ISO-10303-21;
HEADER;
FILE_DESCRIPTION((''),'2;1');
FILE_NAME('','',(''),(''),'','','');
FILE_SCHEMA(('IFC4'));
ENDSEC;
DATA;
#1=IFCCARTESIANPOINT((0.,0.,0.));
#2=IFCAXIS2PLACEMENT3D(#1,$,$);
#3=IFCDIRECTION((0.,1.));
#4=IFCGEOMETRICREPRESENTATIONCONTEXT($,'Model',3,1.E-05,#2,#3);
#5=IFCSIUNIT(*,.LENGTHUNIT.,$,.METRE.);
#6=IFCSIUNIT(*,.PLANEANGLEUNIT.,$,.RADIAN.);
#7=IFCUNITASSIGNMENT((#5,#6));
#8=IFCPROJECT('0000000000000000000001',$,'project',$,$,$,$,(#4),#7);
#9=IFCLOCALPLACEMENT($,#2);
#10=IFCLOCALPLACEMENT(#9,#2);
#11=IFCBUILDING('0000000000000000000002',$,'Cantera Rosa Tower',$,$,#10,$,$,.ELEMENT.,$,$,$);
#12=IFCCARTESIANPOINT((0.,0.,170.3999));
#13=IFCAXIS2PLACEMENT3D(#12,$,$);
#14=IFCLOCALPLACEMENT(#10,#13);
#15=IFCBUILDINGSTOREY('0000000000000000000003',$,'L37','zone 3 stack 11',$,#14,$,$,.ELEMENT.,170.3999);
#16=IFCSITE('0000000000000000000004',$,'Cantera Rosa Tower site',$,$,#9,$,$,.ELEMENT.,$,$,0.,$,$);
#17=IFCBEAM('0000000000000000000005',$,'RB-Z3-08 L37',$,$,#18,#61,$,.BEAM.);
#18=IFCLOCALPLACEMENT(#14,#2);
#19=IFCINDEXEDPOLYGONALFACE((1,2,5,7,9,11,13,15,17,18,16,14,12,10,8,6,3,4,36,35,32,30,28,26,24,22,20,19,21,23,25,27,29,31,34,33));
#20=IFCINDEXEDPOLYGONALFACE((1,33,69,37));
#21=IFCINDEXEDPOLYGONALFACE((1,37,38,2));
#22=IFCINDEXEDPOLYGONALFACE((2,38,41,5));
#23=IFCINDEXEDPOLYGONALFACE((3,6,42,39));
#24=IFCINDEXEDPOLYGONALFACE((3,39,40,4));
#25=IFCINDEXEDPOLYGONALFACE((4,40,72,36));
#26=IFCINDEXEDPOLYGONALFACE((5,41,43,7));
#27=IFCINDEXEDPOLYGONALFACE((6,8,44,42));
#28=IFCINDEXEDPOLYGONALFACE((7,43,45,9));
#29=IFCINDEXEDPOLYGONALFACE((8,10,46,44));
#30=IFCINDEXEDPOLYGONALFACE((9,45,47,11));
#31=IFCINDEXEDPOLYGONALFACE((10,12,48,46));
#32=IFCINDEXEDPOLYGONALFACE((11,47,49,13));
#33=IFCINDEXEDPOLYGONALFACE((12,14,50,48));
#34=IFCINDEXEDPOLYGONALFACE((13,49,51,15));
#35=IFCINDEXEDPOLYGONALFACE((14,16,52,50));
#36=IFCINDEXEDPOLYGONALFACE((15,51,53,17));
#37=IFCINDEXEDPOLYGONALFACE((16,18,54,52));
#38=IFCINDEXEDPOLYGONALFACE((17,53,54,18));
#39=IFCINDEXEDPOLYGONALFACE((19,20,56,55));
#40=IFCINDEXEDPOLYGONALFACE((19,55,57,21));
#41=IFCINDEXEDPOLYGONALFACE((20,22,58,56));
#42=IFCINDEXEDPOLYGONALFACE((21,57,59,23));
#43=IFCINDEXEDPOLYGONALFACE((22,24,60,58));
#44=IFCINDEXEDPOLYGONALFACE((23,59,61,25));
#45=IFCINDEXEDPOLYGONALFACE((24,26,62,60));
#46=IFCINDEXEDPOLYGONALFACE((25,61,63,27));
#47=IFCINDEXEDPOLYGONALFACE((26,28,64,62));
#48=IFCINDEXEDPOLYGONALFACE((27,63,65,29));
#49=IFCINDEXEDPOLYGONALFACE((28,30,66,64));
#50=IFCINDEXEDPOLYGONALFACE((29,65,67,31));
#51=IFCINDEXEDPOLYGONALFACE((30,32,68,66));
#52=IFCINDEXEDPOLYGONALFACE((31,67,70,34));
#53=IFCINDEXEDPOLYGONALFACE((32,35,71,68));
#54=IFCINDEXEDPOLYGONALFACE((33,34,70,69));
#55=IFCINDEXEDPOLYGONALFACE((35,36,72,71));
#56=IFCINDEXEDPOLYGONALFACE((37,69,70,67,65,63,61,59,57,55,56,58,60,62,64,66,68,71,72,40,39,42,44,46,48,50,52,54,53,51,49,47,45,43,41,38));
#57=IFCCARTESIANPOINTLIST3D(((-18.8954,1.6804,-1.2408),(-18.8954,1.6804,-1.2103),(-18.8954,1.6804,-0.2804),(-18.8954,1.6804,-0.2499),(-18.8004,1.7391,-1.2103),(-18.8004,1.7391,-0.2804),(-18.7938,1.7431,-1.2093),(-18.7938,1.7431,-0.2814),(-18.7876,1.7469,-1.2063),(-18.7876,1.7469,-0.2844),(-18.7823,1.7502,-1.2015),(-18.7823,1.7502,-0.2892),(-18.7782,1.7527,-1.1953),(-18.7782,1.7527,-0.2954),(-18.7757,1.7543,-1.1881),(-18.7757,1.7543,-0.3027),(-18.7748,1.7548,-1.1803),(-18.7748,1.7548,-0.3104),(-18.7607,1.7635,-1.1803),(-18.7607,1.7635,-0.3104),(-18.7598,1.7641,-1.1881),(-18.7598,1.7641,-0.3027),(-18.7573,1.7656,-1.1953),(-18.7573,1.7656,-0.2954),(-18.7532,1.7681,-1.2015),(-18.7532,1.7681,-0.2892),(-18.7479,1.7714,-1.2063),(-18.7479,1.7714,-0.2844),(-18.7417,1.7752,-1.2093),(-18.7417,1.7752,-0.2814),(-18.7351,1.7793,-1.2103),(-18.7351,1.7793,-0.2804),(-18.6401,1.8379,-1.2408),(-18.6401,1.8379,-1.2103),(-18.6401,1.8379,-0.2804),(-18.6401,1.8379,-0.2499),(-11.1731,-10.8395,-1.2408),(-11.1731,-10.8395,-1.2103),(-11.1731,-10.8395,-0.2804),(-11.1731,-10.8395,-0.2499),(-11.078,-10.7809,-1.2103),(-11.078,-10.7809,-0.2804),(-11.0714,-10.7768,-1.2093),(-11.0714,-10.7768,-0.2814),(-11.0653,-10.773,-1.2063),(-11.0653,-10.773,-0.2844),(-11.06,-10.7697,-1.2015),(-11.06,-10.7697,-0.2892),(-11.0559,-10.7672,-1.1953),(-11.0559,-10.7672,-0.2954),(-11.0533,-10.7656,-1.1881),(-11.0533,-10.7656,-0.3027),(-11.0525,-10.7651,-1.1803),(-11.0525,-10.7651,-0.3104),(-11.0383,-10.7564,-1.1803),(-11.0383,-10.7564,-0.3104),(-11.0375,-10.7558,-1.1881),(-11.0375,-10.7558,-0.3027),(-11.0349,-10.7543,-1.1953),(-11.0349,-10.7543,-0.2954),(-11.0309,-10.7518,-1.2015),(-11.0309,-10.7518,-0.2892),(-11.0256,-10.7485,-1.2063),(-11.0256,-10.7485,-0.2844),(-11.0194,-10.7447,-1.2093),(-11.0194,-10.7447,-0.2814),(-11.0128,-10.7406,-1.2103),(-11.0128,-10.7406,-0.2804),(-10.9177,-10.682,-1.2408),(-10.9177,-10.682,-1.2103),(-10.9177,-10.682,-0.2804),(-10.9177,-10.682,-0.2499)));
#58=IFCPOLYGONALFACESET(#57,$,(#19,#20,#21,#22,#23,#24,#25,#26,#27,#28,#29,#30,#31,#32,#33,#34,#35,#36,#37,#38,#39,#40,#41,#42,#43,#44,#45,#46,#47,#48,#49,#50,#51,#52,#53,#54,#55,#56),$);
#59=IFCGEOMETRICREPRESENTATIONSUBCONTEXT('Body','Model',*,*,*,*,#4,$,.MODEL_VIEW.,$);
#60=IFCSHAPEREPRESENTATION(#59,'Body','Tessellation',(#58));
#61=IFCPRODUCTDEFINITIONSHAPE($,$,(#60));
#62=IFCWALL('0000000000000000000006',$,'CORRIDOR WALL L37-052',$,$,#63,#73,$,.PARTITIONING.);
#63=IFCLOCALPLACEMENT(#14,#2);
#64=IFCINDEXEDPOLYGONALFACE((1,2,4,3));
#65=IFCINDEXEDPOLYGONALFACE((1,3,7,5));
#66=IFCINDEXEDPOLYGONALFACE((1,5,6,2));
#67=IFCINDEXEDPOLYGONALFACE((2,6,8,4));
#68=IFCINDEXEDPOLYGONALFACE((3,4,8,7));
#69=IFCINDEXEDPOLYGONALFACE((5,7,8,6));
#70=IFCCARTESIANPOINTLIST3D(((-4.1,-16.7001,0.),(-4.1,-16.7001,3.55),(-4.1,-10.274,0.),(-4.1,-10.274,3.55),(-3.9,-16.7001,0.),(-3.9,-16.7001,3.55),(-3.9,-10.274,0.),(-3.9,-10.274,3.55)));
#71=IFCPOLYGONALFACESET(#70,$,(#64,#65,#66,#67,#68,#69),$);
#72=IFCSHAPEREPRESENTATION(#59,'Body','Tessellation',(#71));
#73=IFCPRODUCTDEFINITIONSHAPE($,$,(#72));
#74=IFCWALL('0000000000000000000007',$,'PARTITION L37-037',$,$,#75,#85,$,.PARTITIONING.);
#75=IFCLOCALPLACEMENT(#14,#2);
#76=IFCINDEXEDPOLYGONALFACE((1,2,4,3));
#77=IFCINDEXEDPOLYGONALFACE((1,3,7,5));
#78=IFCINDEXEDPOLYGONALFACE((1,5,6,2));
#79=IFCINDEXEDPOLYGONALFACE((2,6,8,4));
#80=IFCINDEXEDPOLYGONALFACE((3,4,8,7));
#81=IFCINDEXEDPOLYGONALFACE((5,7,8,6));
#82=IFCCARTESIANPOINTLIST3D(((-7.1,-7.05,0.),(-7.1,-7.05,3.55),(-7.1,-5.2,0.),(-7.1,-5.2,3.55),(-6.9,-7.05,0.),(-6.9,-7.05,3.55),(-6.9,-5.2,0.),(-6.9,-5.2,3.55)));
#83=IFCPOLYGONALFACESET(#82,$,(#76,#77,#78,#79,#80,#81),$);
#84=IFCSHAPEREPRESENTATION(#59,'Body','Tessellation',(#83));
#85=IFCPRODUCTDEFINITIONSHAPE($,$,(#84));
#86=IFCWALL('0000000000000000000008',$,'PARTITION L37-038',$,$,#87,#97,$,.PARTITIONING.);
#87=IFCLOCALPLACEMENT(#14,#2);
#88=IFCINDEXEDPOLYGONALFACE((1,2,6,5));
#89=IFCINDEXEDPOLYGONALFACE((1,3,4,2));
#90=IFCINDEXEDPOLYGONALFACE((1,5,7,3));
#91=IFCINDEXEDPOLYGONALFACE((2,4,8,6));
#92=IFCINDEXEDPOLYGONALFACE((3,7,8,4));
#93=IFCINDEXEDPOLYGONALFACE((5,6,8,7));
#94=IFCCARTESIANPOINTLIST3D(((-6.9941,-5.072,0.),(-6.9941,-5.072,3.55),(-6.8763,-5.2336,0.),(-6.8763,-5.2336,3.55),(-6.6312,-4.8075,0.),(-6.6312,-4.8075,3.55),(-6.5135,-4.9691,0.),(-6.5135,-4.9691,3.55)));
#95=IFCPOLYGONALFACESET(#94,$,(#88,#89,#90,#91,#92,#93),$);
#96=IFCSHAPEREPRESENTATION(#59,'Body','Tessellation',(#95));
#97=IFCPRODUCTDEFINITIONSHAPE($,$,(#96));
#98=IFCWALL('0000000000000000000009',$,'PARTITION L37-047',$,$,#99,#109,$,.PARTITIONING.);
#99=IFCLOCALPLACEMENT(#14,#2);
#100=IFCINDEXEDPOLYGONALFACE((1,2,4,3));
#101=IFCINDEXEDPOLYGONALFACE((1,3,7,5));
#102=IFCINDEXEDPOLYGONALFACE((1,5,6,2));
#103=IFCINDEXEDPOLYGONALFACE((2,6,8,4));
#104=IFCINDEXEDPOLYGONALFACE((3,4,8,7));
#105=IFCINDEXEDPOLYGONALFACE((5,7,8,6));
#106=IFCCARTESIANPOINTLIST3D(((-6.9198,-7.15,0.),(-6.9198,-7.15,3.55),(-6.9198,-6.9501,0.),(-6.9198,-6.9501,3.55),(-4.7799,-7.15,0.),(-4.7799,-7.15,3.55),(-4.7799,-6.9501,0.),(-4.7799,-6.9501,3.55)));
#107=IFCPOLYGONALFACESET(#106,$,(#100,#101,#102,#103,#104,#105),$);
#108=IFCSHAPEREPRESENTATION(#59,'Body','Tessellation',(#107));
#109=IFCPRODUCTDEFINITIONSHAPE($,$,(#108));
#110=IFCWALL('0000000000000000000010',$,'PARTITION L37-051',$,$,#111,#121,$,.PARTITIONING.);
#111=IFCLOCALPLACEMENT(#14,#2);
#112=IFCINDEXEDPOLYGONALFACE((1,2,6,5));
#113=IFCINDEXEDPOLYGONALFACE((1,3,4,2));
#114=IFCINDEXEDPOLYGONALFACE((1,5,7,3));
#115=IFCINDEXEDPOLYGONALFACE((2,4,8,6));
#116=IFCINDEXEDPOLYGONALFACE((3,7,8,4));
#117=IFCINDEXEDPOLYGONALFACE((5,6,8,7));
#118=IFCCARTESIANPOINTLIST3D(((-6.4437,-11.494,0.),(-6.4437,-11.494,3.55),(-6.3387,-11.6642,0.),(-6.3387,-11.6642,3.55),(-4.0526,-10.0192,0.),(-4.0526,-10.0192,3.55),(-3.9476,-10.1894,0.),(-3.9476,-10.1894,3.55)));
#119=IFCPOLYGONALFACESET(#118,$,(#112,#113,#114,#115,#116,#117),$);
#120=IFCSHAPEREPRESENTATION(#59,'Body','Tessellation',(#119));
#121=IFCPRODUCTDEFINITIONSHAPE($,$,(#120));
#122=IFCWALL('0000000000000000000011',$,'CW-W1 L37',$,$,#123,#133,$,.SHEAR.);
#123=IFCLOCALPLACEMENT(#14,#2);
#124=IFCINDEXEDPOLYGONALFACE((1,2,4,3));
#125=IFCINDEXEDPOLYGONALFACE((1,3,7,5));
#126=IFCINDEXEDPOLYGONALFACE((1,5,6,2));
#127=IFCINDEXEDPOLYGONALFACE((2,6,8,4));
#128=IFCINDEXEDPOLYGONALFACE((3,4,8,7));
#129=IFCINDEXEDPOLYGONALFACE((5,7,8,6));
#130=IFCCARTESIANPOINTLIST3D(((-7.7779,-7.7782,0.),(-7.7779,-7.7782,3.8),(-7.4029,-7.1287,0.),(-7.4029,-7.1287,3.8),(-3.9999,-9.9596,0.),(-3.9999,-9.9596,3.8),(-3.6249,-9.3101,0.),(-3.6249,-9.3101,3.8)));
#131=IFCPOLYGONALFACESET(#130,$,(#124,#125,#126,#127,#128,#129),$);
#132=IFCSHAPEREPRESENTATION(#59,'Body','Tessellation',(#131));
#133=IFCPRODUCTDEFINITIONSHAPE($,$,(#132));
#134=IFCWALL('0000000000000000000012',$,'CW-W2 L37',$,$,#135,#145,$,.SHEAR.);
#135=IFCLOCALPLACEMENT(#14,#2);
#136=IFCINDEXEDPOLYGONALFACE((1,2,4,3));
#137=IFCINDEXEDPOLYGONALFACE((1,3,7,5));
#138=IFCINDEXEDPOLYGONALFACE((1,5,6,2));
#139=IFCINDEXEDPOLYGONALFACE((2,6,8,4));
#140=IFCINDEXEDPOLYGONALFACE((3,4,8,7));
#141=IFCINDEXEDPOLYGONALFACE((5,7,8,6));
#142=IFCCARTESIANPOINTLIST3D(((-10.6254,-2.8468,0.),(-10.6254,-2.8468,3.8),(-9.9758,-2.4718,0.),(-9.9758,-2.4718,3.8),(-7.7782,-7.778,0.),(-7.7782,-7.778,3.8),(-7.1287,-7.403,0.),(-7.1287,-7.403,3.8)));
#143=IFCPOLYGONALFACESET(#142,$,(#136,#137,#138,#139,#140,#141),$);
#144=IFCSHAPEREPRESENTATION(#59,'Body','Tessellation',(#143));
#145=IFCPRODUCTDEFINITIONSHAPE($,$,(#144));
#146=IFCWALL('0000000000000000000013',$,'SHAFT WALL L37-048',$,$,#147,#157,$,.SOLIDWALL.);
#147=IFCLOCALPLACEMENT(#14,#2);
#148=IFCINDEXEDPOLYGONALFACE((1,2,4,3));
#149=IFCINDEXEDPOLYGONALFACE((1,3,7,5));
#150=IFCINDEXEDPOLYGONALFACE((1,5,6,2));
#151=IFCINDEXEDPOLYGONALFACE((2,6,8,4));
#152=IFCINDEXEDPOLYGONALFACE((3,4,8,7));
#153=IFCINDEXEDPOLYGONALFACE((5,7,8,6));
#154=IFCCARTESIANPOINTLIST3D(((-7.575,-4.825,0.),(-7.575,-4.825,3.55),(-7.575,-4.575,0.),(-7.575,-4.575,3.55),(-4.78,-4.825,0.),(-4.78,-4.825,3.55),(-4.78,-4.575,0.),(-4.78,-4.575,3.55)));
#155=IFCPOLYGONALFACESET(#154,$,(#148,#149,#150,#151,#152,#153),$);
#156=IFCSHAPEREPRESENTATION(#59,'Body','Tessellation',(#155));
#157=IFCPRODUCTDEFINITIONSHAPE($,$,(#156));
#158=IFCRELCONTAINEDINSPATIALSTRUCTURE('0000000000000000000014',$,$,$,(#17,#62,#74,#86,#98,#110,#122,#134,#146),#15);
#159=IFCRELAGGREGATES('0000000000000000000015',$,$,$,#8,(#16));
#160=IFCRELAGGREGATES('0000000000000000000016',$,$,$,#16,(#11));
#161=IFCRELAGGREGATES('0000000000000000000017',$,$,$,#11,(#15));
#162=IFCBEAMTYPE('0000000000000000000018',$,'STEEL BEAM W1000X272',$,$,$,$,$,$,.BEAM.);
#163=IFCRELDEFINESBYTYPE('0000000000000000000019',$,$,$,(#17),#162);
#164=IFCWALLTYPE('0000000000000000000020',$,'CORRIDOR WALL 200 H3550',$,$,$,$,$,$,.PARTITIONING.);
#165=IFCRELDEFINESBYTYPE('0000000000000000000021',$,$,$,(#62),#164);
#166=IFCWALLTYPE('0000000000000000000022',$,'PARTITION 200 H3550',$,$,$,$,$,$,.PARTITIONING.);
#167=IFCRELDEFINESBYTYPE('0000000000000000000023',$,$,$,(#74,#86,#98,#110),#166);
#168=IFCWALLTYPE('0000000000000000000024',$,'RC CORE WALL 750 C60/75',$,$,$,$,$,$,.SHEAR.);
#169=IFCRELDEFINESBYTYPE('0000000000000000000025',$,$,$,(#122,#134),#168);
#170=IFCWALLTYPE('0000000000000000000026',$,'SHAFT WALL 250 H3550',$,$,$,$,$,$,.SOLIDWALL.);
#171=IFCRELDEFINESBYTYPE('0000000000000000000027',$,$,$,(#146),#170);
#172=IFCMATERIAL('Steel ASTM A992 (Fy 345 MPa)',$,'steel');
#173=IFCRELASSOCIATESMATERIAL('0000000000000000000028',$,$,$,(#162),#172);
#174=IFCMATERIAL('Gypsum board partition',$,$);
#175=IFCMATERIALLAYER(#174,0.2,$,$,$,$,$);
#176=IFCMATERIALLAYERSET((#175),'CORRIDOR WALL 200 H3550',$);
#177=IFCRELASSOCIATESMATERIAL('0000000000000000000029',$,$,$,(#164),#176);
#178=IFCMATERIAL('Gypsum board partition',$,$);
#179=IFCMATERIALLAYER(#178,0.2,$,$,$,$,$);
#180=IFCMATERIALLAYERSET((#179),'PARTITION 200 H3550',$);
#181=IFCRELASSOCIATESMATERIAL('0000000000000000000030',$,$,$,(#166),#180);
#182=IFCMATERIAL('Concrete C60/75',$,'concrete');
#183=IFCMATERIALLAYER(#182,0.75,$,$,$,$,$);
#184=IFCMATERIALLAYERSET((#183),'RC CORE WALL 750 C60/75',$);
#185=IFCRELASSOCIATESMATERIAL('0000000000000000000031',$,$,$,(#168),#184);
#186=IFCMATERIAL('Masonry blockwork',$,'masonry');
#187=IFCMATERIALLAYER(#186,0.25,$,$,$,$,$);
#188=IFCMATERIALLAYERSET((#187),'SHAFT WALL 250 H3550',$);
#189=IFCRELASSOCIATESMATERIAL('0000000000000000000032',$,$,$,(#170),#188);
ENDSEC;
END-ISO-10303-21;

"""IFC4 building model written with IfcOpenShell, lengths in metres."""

from ifc_helpers import new_model, si_unit, direction, frame, frame_2d, origin, origin_2d, place, context, subcontext, project, spatial, rectangle, i_section, extrude, material, layer, layer_set, material_profile, profile_set, type_object, element, save


model = new_model("IFC4")

# Units and contexts
model_context = context("Model", 3, precision=1e-05, world=origin(), true_north=direction((0.0, 1.0)))
body_context = subcontext(model_context, "Body", "Model", "MODEL_VIEW")
ifc_project = project(units=[si_unit("LENGTHUNIT", "METRE"), si_unit("PLANEANGLEUNIT", "RADIAN")], contexts=[model_context])

# Site, building, storey
site_placement = place(None, origin())
site = spatial("IfcSite", under=ifc_project, at=site_placement, Name="Cantera Rosa Tower site", CompositionType="ELEMENT", RefElevation=0.0)
building_placement = place(site_placement, origin())
building = spatial("IfcBuilding", under=site, at=building_placement, Name="Cantera Rosa Tower", CompositionType="ELEMENT")
storey_placement = place(building_placement, frame((0.0, 0.0, 170.3999)))
storey = spatial("IfcBuildingStorey", under=building, at=storey_placement, Name="L37", Description="zone 3 stack 11", CompositionType="ELEMENT", Elevation=170.3999)

# Beam
ifc_material_1 = material(Name="Steel ASTM A992 (Fy 345 MPa)", Category="steel")
ifc_material_profile = material_profile(ifc_material_1, i_section(OverallWidth=0.3, OverallDepth=0.991, WebThickness=0.0166, FlangeThickness=0.0305, FilletRadius=0.03, at=origin_2d()), Name="W1000X272")
ifc_profile_set = profile_set([ifc_material_profile], Name="Steel ASTM A992 (Fy 345 MPa)")
beam_type = type_object("IfcBeamType", Name="STEEL BEAM W1000X272", PredefinedType="BEAM", material=ifc_profile_set)
beam_placement = place(storey_placement, frame((-11.0454, -10.7607, -0.7454), z_axis=(-0.524974, 0.851118, 0.0), x_axis=(-0.851118, -0.524974, 0.0)))
element("IfcBeam", 1, at=beam_placement, inside=storey, type_object=beam_type, Name="RB-Z3-08 L37", PredefinedType="BEAM", context=body_context, shape_type="SweptSolid", body=[
    extrude(i_section(OverallWidth=0.3, OverallDepth=0.991, WebThickness=0.0166, FlangeThickness=0.0305, FilletRadius=0.03, at=origin_2d()), origin(), (0.0, 0.0, 1.0), 14.71),
])

# Walls
ifc_material_2 = material(Name="Gypsum board partition")
ifc_layer_1 = layer(ifc_material_2, 0.2)
ifc_layer_set_1 = layer_set([ifc_layer_1], Name="CORRIDOR WALL 200 H3550")
wall_type_1 = type_object("IfcWallType", Name="CORRIDOR WALL 200 H3550", PredefinedType="PARTITIONING", material=ifc_layer_set_1)
wall_1_placement = place(storey_placement, frame((-4.0, -10.2742, 0.0), z_axis=(0.0, 0.0, 1.0), x_axis=(0.0, -1.0, 0.0)))
element("IfcWall", 2, at=wall_1_placement, inside=storey, type_object=wall_type_1, Name="CORRIDOR WALL L37-052", PredefinedType="PARTITIONING", context=body_context, shape_type="SweptSolid", body=[
    extrude(rectangle(XDim=6.426, YDim=0.2, at=frame_2d((3.2129, 0.0))), origin(), (0.0, 0.0, 1.0), 3.55),
])
ifc_material_3 = material(Name="Gypsum board partition")
ifc_layer_2 = layer(ifc_material_3, 0.2)
ifc_layer_set_2 = layer_set([ifc_layer_2], Name="PARTITION 200 H3550")
wall_type_2 = type_object("IfcWallType", Name="PARTITION 200 H3550", PredefinedType="PARTITIONING", material=ifc_layer_set_2)
wall_2_placement = place(storey_placement, frame((-7.0, -7.05, 0.0), z_axis=(0.0, 0.0, 1.0), x_axis=(0.0, 1.0, 0.0)))
element("IfcWall", 3, at=wall_2_placement, inside=storey, type_object=wall_type_2, Name="PARTITION L37-037", PredefinedType="PARTITIONING", context=body_context, shape_type="SweptSolid", body=[
    extrude(rectangle(XDim=1.8501, YDim=0.2, at=frame_2d((0.925, 0.0))), origin(), (0.0, 0.0, 1.0), 3.55),
])
wall_3_placement = place(storey_placement, frame((-6.9353, -5.1528, 0.0), z_axis=(0.0, 0.0, 1.0), x_axis=(0.808148, 0.58898, 0.0)))
element("IfcWall", 4, at=wall_3_placement, inside=storey, type_object=wall_type_2, Name="PARTITION L37-038", PredefinedType="PARTITIONING", context=body_context, shape_type="SweptSolid", body=[
    extrude(rectangle(XDim=0.449, YDim=0.2, at=frame_2d((0.2246, 0.0))), origin(), (0.0, 0.0, 1.0), 3.55),
])
wall_4_placement = place(storey_placement, frame((-4.78, -7.05, 0.0), z_axis=(0.0, 0.0, 1.0), x_axis=(-1.0, 0.0, 0.0)))
element("IfcWall", 5, at=wall_4_placement, inside=storey, type_object=wall_type_2, Name="PARTITION L37-047", PredefinedType="PARTITIONING", context=body_context, shape_type="SweptSolid", body=[
    extrude(rectangle(XDim=2.1399, YDim=0.2, at=frame_2d((1.0698, 0.0))), origin(), (0.0, 0.0, 1.0), 3.55),
])
wall_5_placement = place(storey_placement, frame((-4.0, -10.1042, 0.0), z_axis=(0.0, 0.0, 1.0), x_axis=(-0.851118, -0.524975, 0.0)))
element("IfcWall", 6, at=wall_5_placement, inside=storey, type_object=wall_type_2, Name="PARTITION L37-051", PredefinedType="PARTITIONING", context=body_context, shape_type="SweptSolid", body=[
    extrude(rectangle(XDim=2.8093, YDim=0.2, at=frame_2d((1.4048, 0.0))), origin(), (0.0, 0.0, 1.0), 3.55),
])
ifc_material_4 = material(Name="Concrete C60/75", Category="concrete")
ifc_layer_3 = layer(ifc_material_4, 0.75)
ifc_layer_set_3 = layer_set([ifc_layer_3], Name="RC CORE WALL 750 C60/75")
wall_type_3 = type_object("IfcWallType", Name="RC CORE WALL 750 C60/75", PredefinedType="SHEAR", material=ifc_layer_set_3)
wall_6_placement = place(storey_placement, frame((-3.8125, -9.6348, 0.0), z_axis=(0.0, 0.0, 1.0), x_axis=(-0.866013, 0.500021, 0.0)))
element("IfcWall", 7, at=wall_6_placement, inside=storey, type_object=wall_type_3, Name="CW-W1 L37", PredefinedType="SHEAR", context=body_context, shape_type="SweptSolid", body=[
    extrude(rectangle(XDim=4.3625, YDim=0.75, at=frame_2d((2.1812, 0.0))), origin(), (0.0, 0.0, 1.0), 3.8),
])
wall_7_placement = place(storey_placement, frame((-7.4534, -7.5906, 0.0), z_axis=(0.0, 0.0, 1.0), x_axis=(-0.500022, 0.866013, 0.0)))
element("IfcWall", 8, at=wall_7_placement, inside=storey, type_object=wall_type_3, Name="CW-W2 L37", PredefinedType="SHEAR", context=body_context, shape_type="SweptSolid", body=[
    extrude(rectangle(XDim=5.6941, YDim=0.75, at=frame_2d((2.8472, 0.0))), origin(), (0.0, 0.0, 1.0), 3.8),
])
ifc_material_5 = material(Name="Masonry blockwork", Category="masonry")
ifc_layer_4 = layer(ifc_material_5, 0.25)
ifc_layer_set_4 = layer_set([ifc_layer_4], Name="SHAFT WALL 250 H3550")
wall_type_4 = type_object("IfcWallType", Name="SHAFT WALL 250 H3550", PredefinedType="SOLIDWALL", material=ifc_layer_set_4)
wall_8_placement = place(storey_placement, frame((-4.78, -4.7, 0.0), z_axis=(0.0, 0.0, 1.0), x_axis=(-1.0, 0.0, 0.0)))
element("IfcWall", 9, at=wall_8_placement, inside=storey, type_object=wall_type_4, Name="SHAFT WALL L37-048", PredefinedType="SOLIDWALL", context=body_context, shape_type="SweptSolid", body=[
    extrude(rectangle(XDim=2.7949, YDim=0.25, at=frame_2d((1.3975, 0.0))), origin(), (0.0, 0.0, 1.0), 3.55),
])

save(model, "model.ifc")
